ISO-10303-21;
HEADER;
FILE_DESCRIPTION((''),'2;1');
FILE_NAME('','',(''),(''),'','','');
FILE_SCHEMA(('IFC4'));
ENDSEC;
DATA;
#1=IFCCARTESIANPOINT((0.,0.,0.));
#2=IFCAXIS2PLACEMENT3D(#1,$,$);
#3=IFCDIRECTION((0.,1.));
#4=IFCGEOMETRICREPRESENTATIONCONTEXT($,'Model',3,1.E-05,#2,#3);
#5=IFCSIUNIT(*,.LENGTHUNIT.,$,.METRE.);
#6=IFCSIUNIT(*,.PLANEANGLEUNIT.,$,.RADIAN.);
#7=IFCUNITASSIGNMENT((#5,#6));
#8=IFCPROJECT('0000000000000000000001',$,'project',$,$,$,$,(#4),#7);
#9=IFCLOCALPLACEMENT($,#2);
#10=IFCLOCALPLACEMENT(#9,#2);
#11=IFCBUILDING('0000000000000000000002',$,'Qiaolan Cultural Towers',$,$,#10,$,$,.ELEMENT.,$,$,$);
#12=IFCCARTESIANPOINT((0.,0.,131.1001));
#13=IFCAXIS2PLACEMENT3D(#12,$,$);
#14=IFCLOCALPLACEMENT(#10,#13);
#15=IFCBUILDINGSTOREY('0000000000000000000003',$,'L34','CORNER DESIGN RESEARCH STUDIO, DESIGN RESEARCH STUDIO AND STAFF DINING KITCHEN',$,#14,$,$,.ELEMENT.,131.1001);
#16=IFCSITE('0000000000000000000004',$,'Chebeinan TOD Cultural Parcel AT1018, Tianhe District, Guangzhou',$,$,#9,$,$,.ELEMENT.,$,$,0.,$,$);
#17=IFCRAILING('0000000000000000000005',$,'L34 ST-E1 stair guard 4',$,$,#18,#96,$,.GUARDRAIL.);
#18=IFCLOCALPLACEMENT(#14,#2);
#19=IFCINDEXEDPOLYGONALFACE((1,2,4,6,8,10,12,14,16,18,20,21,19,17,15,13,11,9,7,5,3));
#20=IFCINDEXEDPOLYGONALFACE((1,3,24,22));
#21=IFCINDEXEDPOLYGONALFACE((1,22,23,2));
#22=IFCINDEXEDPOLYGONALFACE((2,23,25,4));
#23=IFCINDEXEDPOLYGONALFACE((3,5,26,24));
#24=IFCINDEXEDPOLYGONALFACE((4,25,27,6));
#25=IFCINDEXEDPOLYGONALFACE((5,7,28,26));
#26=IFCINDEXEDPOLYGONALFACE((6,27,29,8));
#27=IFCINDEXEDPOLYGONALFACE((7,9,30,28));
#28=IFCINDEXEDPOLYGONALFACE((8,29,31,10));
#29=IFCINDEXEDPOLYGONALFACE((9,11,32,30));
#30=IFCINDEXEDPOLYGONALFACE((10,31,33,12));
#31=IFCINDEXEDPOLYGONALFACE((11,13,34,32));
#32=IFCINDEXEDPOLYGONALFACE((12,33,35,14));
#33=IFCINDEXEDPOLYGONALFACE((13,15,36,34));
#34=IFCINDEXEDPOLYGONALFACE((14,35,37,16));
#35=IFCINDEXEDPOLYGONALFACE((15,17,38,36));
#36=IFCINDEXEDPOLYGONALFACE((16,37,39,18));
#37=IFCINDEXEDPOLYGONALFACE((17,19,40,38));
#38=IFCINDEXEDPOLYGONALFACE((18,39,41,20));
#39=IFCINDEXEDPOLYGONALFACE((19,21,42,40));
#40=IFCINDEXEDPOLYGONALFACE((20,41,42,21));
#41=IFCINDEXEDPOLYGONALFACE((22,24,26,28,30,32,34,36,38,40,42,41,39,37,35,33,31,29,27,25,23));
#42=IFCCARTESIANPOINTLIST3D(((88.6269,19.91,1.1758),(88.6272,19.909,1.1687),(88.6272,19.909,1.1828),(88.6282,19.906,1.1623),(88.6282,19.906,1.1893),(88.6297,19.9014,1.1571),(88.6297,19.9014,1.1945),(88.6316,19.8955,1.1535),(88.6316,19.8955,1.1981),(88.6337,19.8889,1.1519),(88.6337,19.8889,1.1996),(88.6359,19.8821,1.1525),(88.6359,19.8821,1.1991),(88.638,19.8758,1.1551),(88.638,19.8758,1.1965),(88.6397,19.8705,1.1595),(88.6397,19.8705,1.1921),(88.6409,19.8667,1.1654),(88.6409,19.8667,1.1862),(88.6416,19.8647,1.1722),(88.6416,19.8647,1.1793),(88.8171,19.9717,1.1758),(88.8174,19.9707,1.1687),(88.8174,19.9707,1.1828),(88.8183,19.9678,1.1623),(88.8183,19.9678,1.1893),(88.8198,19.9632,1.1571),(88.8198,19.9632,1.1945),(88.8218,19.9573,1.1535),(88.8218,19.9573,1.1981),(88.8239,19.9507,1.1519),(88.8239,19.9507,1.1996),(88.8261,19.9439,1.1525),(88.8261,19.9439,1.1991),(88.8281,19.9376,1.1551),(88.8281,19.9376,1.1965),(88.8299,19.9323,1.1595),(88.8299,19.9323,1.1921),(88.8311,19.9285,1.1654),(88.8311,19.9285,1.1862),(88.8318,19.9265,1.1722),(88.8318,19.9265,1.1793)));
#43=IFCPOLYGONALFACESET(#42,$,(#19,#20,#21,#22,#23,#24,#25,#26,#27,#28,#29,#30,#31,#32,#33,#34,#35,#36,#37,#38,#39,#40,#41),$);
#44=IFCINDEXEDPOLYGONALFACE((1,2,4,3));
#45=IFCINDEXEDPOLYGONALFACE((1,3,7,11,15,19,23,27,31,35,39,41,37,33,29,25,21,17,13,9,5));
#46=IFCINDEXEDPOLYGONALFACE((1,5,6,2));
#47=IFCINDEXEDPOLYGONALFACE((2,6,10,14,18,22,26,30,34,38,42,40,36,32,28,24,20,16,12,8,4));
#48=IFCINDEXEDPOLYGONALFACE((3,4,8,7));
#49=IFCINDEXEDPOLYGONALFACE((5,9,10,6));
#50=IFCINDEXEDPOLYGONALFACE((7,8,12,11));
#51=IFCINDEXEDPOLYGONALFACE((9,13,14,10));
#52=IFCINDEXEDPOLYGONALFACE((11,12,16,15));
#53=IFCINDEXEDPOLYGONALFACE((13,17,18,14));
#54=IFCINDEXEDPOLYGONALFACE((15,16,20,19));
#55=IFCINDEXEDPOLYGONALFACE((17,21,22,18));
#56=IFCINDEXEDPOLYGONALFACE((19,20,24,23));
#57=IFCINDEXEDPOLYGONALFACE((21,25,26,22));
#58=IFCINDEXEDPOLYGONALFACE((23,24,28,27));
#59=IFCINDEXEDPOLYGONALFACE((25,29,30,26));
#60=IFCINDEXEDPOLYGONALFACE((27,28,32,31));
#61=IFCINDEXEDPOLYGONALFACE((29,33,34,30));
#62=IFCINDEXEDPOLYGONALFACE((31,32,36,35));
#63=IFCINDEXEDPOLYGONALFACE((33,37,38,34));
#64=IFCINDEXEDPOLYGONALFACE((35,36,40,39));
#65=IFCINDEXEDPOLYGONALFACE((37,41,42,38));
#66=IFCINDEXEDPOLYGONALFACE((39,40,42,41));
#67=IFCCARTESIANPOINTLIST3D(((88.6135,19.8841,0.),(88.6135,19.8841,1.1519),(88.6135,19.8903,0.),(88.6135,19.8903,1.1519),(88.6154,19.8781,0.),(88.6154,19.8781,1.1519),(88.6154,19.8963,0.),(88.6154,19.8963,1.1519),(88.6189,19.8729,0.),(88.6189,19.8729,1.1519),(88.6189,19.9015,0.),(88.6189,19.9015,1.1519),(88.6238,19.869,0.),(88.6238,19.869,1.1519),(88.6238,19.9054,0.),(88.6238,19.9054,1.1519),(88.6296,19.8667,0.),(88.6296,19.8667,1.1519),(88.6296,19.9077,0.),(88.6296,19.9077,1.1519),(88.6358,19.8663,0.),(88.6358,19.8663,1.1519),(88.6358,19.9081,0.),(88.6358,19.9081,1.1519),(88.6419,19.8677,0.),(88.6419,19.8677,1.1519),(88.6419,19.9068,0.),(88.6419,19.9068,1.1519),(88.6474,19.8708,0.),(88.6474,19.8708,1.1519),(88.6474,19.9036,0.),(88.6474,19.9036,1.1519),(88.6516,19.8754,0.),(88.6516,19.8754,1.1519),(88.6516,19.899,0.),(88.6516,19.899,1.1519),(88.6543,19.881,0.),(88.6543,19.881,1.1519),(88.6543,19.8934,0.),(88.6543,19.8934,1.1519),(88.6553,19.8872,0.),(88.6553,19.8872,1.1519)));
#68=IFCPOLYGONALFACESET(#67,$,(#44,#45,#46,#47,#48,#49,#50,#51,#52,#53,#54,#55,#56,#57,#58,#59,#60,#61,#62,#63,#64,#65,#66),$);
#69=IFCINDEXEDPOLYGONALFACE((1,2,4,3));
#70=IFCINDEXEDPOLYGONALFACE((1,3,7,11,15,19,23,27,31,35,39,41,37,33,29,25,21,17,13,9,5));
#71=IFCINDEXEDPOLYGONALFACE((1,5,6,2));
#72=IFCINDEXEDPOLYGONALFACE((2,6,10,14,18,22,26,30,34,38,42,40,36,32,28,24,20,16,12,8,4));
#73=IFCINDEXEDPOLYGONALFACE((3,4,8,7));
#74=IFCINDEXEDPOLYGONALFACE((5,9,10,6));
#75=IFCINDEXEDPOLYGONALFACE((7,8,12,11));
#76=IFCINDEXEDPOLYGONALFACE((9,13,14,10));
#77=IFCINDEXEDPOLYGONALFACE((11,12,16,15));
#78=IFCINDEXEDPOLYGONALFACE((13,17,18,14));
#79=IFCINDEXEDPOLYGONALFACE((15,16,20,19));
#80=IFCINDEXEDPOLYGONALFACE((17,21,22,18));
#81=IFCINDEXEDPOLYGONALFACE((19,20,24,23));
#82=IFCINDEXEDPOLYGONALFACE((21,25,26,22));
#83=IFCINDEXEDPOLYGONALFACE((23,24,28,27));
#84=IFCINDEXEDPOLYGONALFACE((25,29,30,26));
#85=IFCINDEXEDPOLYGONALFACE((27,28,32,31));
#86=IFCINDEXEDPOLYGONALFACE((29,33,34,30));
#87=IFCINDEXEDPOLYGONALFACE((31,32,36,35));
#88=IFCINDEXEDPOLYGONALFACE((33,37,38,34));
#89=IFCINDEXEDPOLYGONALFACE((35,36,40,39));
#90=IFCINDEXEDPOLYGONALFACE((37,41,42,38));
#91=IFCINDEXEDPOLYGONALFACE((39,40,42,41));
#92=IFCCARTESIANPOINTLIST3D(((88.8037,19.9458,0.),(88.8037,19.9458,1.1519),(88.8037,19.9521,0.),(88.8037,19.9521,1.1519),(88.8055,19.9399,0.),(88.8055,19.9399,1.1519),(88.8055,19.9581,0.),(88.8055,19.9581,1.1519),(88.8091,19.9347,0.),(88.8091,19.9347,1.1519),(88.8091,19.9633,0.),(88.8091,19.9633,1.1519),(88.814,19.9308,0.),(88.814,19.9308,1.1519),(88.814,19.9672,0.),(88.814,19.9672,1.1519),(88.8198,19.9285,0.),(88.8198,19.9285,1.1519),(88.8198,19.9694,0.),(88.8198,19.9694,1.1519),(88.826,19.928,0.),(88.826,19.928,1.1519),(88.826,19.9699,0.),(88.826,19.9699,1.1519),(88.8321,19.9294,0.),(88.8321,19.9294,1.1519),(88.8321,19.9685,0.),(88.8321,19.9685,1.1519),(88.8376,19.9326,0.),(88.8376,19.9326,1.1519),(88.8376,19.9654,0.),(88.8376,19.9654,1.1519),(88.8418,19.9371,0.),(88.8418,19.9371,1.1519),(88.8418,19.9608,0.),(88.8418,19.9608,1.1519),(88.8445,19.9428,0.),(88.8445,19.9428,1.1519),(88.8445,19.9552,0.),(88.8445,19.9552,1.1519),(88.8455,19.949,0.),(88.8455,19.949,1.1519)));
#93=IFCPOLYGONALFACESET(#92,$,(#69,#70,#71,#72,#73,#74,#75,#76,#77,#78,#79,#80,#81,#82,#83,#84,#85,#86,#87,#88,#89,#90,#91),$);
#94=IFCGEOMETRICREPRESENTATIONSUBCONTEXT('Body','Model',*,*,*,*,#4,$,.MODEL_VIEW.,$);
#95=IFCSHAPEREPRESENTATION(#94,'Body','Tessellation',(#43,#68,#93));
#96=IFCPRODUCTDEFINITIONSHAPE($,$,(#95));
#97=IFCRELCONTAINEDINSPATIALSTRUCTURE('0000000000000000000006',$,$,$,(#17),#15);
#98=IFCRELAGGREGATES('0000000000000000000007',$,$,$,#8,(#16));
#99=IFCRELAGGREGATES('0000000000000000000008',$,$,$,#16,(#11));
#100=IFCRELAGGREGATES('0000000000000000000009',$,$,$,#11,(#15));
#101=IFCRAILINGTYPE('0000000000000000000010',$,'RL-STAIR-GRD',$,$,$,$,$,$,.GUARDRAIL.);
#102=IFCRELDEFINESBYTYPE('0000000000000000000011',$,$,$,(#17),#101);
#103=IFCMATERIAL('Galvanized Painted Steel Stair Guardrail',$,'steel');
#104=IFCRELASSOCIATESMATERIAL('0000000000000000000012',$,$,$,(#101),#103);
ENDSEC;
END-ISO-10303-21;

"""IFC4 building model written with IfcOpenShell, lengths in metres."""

from ifc_helpers import new_model, si_unit, direction, frame, origin, origin_2d, place, context, subcontext, project, spatial, circle, extrude, material, type_object, element, save


model = new_model("IFC4")

# Units and contexts
model_context = context("Model", 3, precision=1e-05, world=origin(), true_north=direction((0.0, 1.0)))
body_context = subcontext(model_context, "Body", "Model", "MODEL_VIEW")
ifc_project = project(units=[si_unit("LENGTHUNIT", "METRE"), si_unit("PLANEANGLEUNIT", "RADIAN")], contexts=[model_context])

# Site, building, storey
site_placement = place(None, origin())
site = spatial("IfcSite", under=ifc_project, at=site_placement, Name="Chebeinan TOD Cultural Parcel AT1018, Tianhe District, Guangzhou", CompositionType="ELEMENT", RefElevation=0.0)
building_placement = place(site_placement, origin())
building = spatial("IfcBuilding", under=site, at=building_placement, Name="Qiaolan Cultural Towers", CompositionType="ELEMENT")
storey_placement = place(building_placement, frame((0.0, 0.0, 131.1001)))
storey = spatial("IfcBuildingStorey", under=building, at=storey_placement, Name="L34", Description="CORNER DESIGN RESEARCH STUDIO, DESIGN RESEARCH STUDIO AND STAFF DINING KITCHEN", CompositionType="ELEMENT", Elevation=131.1001)

# Railing
ifc_material_1 = material(Name="Galvanized Painted Steel Stair Guardrail", Category="steel")
railing_type_1 = type_object("IfcRailingType", Name="RL-STAIR-GRD", PredefinedType="GUARDRAIL", material=ifc_material_1)
railing_1_placement = place(storey_placement, frame((88.6343, 19.8872, 0.0)))
element("IfcRailing", 1, at=railing_1_placement, inside=storey, type_object=railing_type_1, Name="L34 ST-E1 stair guard 4", PredefinedType="GUARDRAIL", context=body_context, shape_type="SweptSolid", body=[
    extrude(circle(Radius=0.0239, at=origin_2d()), frame((0.0, 0.0, 1.1758), z_axis=(0.951097, 0.308893, 0.0), x_axis=(-0.308893, 0.951097, 0.0)), (0.0, 0.0, 1.0), 0.2),
    extrude(circle(Radius=0.021, at=origin_2d()), origin(), (0.0, 0.0, 1.0), 1.1519),
    extrude(circle(Radius=0.021, at=origin_2d()), frame((0.1902, 0.0618, 0.0)), (0.0, 0.0, 1.0), 1.1519),
])

save(model, "model.ifc")
